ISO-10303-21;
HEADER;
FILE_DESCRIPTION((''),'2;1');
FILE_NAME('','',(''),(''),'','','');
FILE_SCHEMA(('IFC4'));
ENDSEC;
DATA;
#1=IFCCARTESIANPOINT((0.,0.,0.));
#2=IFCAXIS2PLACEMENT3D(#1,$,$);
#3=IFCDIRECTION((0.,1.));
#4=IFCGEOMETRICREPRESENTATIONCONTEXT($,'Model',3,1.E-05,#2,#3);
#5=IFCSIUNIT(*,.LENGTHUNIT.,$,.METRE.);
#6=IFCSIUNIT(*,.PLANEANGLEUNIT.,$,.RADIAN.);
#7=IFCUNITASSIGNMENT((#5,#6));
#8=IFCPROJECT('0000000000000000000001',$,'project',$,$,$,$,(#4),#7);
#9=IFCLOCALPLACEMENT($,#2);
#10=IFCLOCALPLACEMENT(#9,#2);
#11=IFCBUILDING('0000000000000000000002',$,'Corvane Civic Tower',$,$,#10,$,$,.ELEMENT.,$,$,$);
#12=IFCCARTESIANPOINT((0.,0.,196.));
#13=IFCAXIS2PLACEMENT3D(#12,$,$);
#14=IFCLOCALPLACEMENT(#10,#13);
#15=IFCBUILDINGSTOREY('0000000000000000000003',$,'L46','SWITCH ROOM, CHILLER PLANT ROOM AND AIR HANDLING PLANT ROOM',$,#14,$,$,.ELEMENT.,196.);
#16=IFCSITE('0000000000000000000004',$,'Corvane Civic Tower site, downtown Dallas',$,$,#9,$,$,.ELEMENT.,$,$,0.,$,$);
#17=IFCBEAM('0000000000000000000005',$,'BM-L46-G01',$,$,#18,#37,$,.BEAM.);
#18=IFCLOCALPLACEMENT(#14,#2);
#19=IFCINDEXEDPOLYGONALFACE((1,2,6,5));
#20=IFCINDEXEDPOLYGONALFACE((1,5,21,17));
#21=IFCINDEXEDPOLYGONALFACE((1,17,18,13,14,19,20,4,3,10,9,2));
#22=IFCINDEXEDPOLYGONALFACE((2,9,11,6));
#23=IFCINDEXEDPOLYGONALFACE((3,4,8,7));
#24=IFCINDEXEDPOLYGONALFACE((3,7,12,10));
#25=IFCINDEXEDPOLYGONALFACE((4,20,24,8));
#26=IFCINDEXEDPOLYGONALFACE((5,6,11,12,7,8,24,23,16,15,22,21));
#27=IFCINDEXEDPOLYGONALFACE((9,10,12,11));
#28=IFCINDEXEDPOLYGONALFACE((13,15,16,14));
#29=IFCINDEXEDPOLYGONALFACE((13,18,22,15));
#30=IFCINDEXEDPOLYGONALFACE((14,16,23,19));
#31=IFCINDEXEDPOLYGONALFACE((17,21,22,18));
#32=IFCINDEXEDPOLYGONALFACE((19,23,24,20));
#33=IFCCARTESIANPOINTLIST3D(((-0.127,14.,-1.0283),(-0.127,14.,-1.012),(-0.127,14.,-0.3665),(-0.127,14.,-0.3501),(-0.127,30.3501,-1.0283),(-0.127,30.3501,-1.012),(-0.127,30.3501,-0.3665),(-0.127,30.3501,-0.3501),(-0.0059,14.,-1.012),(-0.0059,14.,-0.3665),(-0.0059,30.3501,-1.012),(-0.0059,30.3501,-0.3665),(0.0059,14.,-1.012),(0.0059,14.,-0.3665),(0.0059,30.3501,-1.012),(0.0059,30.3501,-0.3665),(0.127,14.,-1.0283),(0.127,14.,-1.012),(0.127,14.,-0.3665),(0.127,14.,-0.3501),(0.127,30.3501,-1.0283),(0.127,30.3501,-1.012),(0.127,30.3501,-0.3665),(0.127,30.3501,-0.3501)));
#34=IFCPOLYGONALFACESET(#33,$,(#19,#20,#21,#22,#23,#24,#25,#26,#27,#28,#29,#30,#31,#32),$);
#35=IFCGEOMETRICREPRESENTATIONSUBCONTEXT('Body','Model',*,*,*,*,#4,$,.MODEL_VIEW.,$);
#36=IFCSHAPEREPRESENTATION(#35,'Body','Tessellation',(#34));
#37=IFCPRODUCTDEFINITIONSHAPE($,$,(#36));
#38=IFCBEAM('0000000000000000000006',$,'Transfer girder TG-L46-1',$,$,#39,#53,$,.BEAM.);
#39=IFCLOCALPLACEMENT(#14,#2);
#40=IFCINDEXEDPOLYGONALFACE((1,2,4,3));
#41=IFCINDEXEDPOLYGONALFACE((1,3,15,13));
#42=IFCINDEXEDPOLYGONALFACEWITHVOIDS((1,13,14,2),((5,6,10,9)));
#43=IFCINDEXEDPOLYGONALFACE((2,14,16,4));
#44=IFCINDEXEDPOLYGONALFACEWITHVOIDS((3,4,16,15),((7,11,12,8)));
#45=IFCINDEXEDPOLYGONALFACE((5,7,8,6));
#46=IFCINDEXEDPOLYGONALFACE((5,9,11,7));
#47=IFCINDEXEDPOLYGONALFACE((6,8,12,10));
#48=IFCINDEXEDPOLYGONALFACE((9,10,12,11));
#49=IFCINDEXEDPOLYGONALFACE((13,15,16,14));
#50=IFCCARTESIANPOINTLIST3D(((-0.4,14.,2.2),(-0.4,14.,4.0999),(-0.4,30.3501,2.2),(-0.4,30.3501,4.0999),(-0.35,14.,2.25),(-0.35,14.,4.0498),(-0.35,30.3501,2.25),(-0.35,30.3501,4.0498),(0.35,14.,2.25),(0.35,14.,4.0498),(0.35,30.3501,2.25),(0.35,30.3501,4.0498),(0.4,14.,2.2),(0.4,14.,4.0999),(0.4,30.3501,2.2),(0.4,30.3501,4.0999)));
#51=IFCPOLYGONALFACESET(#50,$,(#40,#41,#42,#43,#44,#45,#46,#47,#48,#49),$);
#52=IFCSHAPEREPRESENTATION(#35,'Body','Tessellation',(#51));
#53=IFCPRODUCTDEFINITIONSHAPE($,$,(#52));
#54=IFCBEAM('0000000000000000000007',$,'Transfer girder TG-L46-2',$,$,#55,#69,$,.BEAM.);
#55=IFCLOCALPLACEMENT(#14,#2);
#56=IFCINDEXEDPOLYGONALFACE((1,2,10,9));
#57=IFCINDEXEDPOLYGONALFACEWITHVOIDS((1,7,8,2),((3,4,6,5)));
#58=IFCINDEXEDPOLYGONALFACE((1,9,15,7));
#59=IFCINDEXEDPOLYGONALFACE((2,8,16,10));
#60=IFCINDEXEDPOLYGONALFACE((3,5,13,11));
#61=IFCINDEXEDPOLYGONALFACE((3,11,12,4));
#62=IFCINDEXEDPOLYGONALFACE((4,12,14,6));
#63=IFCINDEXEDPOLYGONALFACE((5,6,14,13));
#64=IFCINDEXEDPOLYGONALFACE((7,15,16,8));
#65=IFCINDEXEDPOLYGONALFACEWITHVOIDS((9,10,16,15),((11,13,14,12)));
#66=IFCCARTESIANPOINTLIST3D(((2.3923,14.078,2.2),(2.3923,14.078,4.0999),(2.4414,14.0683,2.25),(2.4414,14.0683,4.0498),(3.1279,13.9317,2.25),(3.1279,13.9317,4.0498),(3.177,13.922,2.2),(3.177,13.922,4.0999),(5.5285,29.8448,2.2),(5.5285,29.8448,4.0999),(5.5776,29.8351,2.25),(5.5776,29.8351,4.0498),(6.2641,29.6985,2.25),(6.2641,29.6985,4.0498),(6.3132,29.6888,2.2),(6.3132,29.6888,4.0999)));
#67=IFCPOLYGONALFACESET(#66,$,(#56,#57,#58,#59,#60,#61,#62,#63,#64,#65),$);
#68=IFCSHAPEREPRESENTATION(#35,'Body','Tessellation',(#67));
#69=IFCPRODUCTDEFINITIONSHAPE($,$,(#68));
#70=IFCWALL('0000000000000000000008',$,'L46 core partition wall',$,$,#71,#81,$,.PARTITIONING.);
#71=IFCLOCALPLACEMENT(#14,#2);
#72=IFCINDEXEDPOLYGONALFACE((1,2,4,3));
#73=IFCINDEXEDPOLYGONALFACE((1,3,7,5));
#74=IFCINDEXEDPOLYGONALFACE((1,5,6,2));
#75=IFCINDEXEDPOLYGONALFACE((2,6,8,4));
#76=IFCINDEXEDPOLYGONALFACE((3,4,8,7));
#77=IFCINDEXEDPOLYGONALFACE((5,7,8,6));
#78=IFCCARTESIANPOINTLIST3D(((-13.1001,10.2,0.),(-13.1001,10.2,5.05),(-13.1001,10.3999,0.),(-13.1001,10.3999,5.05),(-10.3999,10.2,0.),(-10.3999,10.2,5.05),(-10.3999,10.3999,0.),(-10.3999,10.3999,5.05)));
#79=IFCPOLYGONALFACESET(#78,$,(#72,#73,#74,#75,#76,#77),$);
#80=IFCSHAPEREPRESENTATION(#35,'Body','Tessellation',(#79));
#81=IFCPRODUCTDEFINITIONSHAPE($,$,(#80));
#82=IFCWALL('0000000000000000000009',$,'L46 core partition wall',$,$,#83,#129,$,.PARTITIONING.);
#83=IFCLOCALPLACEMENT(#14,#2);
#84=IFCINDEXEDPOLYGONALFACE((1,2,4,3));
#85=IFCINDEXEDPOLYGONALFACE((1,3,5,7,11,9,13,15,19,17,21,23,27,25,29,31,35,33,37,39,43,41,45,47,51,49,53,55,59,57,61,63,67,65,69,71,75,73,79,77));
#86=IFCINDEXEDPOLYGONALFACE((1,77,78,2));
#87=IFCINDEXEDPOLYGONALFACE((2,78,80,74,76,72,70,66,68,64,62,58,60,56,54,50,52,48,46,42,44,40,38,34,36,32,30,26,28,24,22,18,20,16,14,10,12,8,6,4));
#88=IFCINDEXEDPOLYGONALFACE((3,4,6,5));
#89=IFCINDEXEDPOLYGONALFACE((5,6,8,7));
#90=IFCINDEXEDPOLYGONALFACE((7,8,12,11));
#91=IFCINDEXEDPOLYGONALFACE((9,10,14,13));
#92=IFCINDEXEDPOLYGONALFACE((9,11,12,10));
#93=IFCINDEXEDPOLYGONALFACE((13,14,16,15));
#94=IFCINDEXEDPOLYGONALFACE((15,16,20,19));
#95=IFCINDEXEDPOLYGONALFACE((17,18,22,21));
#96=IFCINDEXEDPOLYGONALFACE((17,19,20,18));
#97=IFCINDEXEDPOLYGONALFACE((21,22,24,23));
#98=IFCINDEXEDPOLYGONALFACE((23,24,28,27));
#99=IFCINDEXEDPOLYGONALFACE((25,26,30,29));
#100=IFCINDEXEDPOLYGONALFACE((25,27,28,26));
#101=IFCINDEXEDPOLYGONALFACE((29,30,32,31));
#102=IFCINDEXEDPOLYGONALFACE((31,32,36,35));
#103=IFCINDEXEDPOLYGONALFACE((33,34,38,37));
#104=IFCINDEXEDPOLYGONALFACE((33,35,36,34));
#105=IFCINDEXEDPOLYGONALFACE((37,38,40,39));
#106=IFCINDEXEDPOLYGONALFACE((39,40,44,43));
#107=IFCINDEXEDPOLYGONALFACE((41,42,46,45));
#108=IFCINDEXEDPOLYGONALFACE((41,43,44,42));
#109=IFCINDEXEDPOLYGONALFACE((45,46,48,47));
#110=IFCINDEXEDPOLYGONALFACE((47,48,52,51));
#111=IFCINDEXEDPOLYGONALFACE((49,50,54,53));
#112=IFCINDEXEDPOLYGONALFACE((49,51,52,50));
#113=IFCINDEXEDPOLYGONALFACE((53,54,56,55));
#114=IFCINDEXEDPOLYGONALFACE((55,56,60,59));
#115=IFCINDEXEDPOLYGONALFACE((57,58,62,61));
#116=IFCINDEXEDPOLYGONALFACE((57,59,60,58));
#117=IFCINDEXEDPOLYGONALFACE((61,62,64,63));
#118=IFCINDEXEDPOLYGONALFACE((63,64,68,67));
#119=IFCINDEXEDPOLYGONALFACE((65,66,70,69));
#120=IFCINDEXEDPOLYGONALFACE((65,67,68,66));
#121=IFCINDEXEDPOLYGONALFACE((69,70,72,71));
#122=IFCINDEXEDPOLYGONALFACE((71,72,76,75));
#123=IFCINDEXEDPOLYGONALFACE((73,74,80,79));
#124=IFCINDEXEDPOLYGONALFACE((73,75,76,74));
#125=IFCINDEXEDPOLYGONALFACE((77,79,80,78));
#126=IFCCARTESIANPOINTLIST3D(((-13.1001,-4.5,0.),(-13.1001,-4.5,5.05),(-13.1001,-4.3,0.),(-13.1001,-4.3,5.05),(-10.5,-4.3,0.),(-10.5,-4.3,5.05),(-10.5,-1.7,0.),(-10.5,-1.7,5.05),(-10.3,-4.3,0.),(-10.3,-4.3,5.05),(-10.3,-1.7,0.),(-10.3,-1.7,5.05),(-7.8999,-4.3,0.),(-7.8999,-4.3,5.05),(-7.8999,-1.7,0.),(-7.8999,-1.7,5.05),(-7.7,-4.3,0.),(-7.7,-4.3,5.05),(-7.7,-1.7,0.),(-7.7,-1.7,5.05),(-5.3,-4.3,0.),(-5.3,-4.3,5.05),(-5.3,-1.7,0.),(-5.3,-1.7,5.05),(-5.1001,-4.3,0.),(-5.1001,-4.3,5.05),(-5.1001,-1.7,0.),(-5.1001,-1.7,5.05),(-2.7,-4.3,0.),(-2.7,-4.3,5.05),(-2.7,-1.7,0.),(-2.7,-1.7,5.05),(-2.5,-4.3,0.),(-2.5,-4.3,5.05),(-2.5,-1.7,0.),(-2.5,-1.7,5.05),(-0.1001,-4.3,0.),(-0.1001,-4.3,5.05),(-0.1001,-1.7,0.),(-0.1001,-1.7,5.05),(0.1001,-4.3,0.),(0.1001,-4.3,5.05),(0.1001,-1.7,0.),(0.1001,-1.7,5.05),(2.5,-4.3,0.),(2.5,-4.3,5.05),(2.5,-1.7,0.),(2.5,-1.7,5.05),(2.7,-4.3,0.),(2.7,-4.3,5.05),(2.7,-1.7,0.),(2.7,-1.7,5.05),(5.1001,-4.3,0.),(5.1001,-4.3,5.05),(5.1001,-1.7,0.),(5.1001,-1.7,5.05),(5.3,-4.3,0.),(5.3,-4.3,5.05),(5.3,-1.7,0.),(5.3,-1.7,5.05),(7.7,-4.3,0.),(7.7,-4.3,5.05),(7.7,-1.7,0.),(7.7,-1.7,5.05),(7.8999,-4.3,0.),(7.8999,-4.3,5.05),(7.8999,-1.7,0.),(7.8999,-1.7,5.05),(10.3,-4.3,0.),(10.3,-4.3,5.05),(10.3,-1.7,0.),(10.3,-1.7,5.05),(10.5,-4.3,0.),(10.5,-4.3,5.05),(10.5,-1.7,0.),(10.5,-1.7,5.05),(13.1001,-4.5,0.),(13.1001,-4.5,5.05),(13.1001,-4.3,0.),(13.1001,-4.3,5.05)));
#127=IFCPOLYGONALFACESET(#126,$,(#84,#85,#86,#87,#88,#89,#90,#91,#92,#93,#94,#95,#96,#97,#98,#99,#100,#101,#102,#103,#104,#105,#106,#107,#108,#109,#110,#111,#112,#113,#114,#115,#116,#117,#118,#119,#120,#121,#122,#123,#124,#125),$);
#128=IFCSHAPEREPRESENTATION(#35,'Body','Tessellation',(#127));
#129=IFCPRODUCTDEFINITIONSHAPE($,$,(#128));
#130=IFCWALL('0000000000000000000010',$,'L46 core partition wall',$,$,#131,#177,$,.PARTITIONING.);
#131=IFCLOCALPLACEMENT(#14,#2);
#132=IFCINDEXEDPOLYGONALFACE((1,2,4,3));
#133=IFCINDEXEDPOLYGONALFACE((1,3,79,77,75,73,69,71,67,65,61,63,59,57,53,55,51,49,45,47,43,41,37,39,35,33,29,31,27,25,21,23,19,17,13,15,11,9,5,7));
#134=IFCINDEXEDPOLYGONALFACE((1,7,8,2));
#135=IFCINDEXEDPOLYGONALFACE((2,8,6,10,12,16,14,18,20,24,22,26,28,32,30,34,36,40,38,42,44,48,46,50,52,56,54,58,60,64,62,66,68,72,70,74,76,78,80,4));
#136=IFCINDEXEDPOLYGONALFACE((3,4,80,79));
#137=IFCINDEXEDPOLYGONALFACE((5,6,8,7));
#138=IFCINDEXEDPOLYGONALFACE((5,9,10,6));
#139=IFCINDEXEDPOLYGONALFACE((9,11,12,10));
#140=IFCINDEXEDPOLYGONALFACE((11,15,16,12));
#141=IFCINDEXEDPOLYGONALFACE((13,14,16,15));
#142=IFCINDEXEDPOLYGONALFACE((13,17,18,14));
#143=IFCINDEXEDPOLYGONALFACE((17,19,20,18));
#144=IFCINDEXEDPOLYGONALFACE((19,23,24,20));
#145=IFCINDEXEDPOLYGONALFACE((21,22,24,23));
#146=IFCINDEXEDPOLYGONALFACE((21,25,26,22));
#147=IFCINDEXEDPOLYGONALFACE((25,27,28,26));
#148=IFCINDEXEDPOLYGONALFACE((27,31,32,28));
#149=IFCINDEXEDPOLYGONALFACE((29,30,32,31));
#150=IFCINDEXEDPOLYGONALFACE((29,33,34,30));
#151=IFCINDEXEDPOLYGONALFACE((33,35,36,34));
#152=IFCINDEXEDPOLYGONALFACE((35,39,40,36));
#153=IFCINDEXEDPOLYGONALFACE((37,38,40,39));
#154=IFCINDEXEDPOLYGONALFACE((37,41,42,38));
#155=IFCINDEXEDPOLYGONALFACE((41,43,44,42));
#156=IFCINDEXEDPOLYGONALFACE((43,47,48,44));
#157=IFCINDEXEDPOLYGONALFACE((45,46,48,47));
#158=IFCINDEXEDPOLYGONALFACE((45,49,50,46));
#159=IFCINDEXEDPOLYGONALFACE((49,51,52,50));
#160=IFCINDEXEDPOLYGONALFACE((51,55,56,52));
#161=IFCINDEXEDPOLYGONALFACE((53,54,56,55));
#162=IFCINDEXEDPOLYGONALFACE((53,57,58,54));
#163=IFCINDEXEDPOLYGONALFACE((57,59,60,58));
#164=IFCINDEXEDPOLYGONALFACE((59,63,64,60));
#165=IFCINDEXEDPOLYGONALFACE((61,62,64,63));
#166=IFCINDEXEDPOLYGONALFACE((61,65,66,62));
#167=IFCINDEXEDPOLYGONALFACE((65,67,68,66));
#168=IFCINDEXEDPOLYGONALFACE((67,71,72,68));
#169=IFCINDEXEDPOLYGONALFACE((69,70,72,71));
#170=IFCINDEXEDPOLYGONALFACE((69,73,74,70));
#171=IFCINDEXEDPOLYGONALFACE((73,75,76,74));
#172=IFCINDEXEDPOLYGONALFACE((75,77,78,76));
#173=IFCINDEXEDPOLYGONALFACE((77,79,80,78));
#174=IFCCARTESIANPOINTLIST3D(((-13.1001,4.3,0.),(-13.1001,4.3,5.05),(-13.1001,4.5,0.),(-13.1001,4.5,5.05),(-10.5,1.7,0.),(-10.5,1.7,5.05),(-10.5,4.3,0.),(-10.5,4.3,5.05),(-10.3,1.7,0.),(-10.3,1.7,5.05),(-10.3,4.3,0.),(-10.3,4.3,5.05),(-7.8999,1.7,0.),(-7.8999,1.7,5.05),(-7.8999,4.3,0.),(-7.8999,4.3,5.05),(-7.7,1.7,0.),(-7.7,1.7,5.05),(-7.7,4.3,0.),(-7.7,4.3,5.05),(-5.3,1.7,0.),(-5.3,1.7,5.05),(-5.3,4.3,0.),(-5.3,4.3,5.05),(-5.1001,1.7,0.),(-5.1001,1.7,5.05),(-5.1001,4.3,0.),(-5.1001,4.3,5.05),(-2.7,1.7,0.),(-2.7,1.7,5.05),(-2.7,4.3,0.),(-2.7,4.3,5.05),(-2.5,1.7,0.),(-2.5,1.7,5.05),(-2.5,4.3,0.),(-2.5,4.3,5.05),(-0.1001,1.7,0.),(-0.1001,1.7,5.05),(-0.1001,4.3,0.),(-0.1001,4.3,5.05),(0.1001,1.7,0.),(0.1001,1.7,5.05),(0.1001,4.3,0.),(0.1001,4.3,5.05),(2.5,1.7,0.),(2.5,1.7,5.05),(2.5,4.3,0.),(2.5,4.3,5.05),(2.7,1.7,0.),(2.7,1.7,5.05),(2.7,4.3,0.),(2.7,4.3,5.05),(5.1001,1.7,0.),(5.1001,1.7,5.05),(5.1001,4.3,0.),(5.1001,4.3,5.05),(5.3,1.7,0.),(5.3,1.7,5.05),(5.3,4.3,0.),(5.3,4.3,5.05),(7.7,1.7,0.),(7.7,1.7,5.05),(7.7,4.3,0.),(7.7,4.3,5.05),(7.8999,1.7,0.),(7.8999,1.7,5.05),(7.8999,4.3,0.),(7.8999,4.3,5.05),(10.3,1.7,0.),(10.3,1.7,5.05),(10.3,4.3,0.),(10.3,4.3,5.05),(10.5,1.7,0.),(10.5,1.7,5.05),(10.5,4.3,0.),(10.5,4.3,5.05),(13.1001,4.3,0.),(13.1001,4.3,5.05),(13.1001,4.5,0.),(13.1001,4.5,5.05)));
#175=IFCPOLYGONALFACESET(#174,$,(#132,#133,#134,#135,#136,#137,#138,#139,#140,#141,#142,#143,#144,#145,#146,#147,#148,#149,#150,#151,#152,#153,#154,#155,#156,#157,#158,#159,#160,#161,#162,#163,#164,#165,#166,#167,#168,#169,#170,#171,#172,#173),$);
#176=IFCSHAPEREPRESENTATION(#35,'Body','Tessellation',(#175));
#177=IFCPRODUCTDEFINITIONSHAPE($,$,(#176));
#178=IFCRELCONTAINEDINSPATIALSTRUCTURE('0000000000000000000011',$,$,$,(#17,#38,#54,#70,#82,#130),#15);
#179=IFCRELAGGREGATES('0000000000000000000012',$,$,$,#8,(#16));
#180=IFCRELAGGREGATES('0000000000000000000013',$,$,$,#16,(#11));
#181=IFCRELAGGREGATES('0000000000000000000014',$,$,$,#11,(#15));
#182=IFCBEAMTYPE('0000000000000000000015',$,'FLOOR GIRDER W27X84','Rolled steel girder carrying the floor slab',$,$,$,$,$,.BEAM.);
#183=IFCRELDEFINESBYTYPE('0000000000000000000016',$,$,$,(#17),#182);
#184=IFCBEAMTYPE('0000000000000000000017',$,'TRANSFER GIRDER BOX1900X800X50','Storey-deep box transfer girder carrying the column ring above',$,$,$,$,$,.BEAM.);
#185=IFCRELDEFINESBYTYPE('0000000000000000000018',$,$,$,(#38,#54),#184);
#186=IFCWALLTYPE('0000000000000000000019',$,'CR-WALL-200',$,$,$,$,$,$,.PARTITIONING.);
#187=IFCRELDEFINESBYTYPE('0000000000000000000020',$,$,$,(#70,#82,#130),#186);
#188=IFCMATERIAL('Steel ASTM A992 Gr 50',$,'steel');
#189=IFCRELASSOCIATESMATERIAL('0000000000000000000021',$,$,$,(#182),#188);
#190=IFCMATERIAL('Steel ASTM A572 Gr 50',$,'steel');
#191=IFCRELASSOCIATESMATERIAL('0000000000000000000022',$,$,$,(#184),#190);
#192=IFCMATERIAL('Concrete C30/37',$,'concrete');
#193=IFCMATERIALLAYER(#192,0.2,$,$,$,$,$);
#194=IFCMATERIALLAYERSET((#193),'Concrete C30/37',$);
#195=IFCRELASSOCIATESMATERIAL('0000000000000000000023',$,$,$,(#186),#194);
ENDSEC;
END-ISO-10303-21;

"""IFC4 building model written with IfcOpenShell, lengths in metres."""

from ifc_helpers import new_model, si_unit, direction, frame, origin, origin_2d, place, context, subcontext, project, spatial, polyline, hollow_rectangle, i_section, outline, extrude, material, layer, layer_set, material_profile, profile_set, type_object, element, save


model = new_model("IFC4")

# Units and contexts
model_context = context("Model", 3, precision=1e-05, world=origin(), true_north=direction((0.0, 1.0)))
body_context = subcontext(model_context, "Body", "Model", "MODEL_VIEW")
ifc_project = project(units=[si_unit("LENGTHUNIT", "METRE"), si_unit("PLANEANGLEUNIT", "RADIAN")], contexts=[model_context])

# Site, building, storey
site_placement = place(None, origin())
site = spatial("IfcSite", under=ifc_project, at=site_placement, Name="Corvane Civic Tower site, downtown Dallas", CompositionType="ELEMENT", RefElevation=0.0)
building_placement = place(site_placement, origin())
building = spatial("IfcBuilding", under=site, at=building_placement, Name="Corvane Civic Tower", CompositionType="ELEMENT")
storey_placement = place(building_placement, frame((0.0, 0.0, 196.0)))
storey = spatial("IfcBuildingStorey", under=building, at=storey_placement, Name="L46", Description="SWITCH ROOM, CHILLER PLANT ROOM AND AIR HANDLING PLANT ROOM", CompositionType="ELEMENT", Elevation=196.0)

# Beams
ifc_material_1 = material(Name="Steel ASTM A992 Gr 50", Category="steel")
ifc_material_profile_1 = material_profile(ifc_material_1, i_section(OverallWidth=0.2539, OverallDepth=0.6782, WebThickness=0.0117, FlangeThickness=0.0164, at=origin_2d()), Name="W27X84")
ifc_profile_set_1 = profile_set([ifc_material_profile_1], Name="Steel ASTM A992 Gr 50")
beam_type_1 = type_object("IfcBeamType", Name="FLOOR GIRDER W27X84", Description="Rolled steel girder carrying the floor slab", PredefinedType="BEAM", material=ifc_profile_set_1)
beam_1_placement = place(storey_placement, frame((0.0, 14.0, -0.6892), z_axis=(0.0, 1.0, 0.0), x_axis=(-1.0, 0.0, 0.0)))
element("IfcBeam", 1, at=beam_1_placement, inside=storey, type_object=beam_type_1, Name="BM-L46-G01", PredefinedType="BEAM", context=body_context, shape_type="SweptSolid", body=[
    extrude(i_section(OverallWidth=0.2539, OverallDepth=0.6782, WebThickness=0.0117, FlangeThickness=0.0164, at=origin_2d()), origin(), (0.0, 0.0, 1.0), 16.3501),
])
ifc_material_2 = material(Name="Steel ASTM A572 Gr 50", Category="steel")
ifc_material_profile_2 = material_profile(ifc_material_2, hollow_rectangle(XDim=0.8, YDim=1.8999, WallThickness=0.05, at=origin_2d()), Name="BOX1900X800X50")
ifc_profile_set_2 = profile_set([ifc_material_profile_2], Name="Steel ASTM A572 Gr 50")
beam_type_2 = type_object("IfcBeamType", Name="TRANSFER GIRDER BOX1900X800X50", Description="Storey-deep box transfer girder carrying the column ring above", PredefinedType="BEAM", material=ifc_profile_set_2)
beam_2_placement = place(storey_placement, frame((0.0, 14.0, 3.1499), z_axis=(0.0, 1.0, 0.0), x_axis=(-1.0, 0.0, 0.0)))
element("IfcBeam", 2, at=beam_2_placement, inside=storey, type_object=beam_type_2, Name="Transfer girder TG-L46-1", PredefinedType="BEAM", context=body_context, shape_type="SweptSolid", body=[
    extrude(hollow_rectangle(XDim=0.8, YDim=1.8999, WallThickness=0.05, at=origin_2d()), origin(), (0.0, 0.0, 1.0), 16.3501),
])
beam_3_placement = place(storey_placement, frame((2.7847, 14.0, 3.1499), z_axis=(0.195091, 0.980785, 0.0), x_axis=(-0.980785, 0.195091, 0.0)))
element("IfcBeam", 3, at=beam_3_placement, inside=storey, type_object=beam_type_2, Name="Transfer girder TG-L46-2", PredefinedType="BEAM", context=body_context, shape_type="SweptSolid", body=[
    extrude(hollow_rectangle(XDim=0.8, YDim=1.8999, WallThickness=0.05, at=origin_2d()), origin(), (0.0, 0.0, 1.0), 16.0757),
])

# Walls
ifc_material_3 = material(Name="Concrete C30/37", Category="concrete")
ifc_layer_1 = layer(ifc_material_3, 0.2)
ifc_layer_set_1 = layer_set([ifc_layer_1], Name="Concrete C30/37")
wall_type_1 = type_object("IfcWallType", Name="CR-WALL-200", PredefinedType="PARTITIONING", material=ifc_layer_set_1)
wall_1_placement = place(storey_placement, origin())
element("IfcWall", 4, at=wall_1_placement, inside=storey, type_object=wall_type_1, Name="L46 core partition wall", PredefinedType="PARTITIONING", context=body_context, shape_type="SweptSolid", body=[
    extrude(outline(polyline([(-13.1001, 10.2), (-13.1001, 10.3999), (-10.3999, 10.3999), (-10.3999, 10.2), (-13.1001, 10.2)])), origin(), (0.0, 0.0, 1.0), 5.05),
])
wall_2_placement = place(storey_placement, origin())
element("IfcWall", 5, at=wall_2_placement, inside=storey, type_object=wall_type_1, Name="L46 core partition wall", PredefinedType="PARTITIONING", context=body_context, shape_type="SweptSolid", body=[
    extrude(outline(polyline([(-10.5, -1.7), (-10.3, -1.7), (-10.3, -4.3), (-7.8999, -4.3), (-7.8999, -1.7), (-7.7, -1.7), (-7.7, -4.3), (-5.3, -4.3), (-5.3, -1.7), (-5.1001, -1.7), (-5.1001, -4.3), (-2.7, -4.3), (-2.7, -1.7), (-2.5, -1.7), (-2.5, -4.3), (-0.1001, -4.3), (-0.1001, -1.7), (0.1001, -1.7), (0.1001, -4.3), (2.5, -4.3), (2.5, -1.7), (2.7, -1.7), (2.7, -4.3), (5.1001, -4.3), (5.1001, -1.7), (5.3, -1.7), (5.3, -4.3), (7.7, -4.3), (7.7, -1.7), (7.8999, -1.7), (7.8999, -4.3), (10.3, -4.3), (10.3, -1.7), (10.5, -1.7), (10.5, -4.3), (13.1001, -4.3), (13.1001, -4.5), (-13.1001, -4.5), (-13.1001, -4.3), (-10.5, -4.3), (-10.5, -1.7)])), origin(), (0.0, 0.0, 1.0), 5.05),
])
wall_3_placement = place(storey_placement, origin())
element("IfcWall", 6, at=wall_3_placement, inside=storey, type_object=wall_type_1, Name="L46 core partition wall", PredefinedType="PARTITIONING", context=body_context, shape_type="SweptSolid", body=[
    extrude(outline(polyline([(-7.7, 4.3), (-7.7, 1.7), (-7.8999, 1.7), (-7.8999, 4.3), (-10.3, 4.3), (-10.3, 1.7), (-10.5, 1.7), (-10.5, 4.3), (-13.1001, 4.3), (-13.1001, 4.5), (13.1001, 4.5), (13.1001, 4.3), (10.5, 4.3), (10.5, 1.7), (10.3, 1.7), (10.3, 4.3), (7.8999, 4.3), (7.8999, 1.7), (7.7, 1.7), (7.7, 4.3), (5.3, 4.3), (5.3, 1.7), (5.1001, 1.7), (5.1001, 4.3), (2.7, 4.3), (2.7, 1.7), (2.5, 1.7), (2.5, 4.3), (0.1001, 4.3), (0.1001, 1.7), (-0.1001, 1.7), (-0.1001, 4.3), (-2.5, 4.3), (-2.5, 1.7), (-2.7, 1.7), (-2.7, 4.3), (-5.1001, 4.3), (-5.1001, 1.7), (-5.3, 1.7), (-5.3, 4.3), (-7.7, 4.3)])), origin(), (0.0, 0.0, 1.0), 5.05),
])

save(model, "model.ifc")
